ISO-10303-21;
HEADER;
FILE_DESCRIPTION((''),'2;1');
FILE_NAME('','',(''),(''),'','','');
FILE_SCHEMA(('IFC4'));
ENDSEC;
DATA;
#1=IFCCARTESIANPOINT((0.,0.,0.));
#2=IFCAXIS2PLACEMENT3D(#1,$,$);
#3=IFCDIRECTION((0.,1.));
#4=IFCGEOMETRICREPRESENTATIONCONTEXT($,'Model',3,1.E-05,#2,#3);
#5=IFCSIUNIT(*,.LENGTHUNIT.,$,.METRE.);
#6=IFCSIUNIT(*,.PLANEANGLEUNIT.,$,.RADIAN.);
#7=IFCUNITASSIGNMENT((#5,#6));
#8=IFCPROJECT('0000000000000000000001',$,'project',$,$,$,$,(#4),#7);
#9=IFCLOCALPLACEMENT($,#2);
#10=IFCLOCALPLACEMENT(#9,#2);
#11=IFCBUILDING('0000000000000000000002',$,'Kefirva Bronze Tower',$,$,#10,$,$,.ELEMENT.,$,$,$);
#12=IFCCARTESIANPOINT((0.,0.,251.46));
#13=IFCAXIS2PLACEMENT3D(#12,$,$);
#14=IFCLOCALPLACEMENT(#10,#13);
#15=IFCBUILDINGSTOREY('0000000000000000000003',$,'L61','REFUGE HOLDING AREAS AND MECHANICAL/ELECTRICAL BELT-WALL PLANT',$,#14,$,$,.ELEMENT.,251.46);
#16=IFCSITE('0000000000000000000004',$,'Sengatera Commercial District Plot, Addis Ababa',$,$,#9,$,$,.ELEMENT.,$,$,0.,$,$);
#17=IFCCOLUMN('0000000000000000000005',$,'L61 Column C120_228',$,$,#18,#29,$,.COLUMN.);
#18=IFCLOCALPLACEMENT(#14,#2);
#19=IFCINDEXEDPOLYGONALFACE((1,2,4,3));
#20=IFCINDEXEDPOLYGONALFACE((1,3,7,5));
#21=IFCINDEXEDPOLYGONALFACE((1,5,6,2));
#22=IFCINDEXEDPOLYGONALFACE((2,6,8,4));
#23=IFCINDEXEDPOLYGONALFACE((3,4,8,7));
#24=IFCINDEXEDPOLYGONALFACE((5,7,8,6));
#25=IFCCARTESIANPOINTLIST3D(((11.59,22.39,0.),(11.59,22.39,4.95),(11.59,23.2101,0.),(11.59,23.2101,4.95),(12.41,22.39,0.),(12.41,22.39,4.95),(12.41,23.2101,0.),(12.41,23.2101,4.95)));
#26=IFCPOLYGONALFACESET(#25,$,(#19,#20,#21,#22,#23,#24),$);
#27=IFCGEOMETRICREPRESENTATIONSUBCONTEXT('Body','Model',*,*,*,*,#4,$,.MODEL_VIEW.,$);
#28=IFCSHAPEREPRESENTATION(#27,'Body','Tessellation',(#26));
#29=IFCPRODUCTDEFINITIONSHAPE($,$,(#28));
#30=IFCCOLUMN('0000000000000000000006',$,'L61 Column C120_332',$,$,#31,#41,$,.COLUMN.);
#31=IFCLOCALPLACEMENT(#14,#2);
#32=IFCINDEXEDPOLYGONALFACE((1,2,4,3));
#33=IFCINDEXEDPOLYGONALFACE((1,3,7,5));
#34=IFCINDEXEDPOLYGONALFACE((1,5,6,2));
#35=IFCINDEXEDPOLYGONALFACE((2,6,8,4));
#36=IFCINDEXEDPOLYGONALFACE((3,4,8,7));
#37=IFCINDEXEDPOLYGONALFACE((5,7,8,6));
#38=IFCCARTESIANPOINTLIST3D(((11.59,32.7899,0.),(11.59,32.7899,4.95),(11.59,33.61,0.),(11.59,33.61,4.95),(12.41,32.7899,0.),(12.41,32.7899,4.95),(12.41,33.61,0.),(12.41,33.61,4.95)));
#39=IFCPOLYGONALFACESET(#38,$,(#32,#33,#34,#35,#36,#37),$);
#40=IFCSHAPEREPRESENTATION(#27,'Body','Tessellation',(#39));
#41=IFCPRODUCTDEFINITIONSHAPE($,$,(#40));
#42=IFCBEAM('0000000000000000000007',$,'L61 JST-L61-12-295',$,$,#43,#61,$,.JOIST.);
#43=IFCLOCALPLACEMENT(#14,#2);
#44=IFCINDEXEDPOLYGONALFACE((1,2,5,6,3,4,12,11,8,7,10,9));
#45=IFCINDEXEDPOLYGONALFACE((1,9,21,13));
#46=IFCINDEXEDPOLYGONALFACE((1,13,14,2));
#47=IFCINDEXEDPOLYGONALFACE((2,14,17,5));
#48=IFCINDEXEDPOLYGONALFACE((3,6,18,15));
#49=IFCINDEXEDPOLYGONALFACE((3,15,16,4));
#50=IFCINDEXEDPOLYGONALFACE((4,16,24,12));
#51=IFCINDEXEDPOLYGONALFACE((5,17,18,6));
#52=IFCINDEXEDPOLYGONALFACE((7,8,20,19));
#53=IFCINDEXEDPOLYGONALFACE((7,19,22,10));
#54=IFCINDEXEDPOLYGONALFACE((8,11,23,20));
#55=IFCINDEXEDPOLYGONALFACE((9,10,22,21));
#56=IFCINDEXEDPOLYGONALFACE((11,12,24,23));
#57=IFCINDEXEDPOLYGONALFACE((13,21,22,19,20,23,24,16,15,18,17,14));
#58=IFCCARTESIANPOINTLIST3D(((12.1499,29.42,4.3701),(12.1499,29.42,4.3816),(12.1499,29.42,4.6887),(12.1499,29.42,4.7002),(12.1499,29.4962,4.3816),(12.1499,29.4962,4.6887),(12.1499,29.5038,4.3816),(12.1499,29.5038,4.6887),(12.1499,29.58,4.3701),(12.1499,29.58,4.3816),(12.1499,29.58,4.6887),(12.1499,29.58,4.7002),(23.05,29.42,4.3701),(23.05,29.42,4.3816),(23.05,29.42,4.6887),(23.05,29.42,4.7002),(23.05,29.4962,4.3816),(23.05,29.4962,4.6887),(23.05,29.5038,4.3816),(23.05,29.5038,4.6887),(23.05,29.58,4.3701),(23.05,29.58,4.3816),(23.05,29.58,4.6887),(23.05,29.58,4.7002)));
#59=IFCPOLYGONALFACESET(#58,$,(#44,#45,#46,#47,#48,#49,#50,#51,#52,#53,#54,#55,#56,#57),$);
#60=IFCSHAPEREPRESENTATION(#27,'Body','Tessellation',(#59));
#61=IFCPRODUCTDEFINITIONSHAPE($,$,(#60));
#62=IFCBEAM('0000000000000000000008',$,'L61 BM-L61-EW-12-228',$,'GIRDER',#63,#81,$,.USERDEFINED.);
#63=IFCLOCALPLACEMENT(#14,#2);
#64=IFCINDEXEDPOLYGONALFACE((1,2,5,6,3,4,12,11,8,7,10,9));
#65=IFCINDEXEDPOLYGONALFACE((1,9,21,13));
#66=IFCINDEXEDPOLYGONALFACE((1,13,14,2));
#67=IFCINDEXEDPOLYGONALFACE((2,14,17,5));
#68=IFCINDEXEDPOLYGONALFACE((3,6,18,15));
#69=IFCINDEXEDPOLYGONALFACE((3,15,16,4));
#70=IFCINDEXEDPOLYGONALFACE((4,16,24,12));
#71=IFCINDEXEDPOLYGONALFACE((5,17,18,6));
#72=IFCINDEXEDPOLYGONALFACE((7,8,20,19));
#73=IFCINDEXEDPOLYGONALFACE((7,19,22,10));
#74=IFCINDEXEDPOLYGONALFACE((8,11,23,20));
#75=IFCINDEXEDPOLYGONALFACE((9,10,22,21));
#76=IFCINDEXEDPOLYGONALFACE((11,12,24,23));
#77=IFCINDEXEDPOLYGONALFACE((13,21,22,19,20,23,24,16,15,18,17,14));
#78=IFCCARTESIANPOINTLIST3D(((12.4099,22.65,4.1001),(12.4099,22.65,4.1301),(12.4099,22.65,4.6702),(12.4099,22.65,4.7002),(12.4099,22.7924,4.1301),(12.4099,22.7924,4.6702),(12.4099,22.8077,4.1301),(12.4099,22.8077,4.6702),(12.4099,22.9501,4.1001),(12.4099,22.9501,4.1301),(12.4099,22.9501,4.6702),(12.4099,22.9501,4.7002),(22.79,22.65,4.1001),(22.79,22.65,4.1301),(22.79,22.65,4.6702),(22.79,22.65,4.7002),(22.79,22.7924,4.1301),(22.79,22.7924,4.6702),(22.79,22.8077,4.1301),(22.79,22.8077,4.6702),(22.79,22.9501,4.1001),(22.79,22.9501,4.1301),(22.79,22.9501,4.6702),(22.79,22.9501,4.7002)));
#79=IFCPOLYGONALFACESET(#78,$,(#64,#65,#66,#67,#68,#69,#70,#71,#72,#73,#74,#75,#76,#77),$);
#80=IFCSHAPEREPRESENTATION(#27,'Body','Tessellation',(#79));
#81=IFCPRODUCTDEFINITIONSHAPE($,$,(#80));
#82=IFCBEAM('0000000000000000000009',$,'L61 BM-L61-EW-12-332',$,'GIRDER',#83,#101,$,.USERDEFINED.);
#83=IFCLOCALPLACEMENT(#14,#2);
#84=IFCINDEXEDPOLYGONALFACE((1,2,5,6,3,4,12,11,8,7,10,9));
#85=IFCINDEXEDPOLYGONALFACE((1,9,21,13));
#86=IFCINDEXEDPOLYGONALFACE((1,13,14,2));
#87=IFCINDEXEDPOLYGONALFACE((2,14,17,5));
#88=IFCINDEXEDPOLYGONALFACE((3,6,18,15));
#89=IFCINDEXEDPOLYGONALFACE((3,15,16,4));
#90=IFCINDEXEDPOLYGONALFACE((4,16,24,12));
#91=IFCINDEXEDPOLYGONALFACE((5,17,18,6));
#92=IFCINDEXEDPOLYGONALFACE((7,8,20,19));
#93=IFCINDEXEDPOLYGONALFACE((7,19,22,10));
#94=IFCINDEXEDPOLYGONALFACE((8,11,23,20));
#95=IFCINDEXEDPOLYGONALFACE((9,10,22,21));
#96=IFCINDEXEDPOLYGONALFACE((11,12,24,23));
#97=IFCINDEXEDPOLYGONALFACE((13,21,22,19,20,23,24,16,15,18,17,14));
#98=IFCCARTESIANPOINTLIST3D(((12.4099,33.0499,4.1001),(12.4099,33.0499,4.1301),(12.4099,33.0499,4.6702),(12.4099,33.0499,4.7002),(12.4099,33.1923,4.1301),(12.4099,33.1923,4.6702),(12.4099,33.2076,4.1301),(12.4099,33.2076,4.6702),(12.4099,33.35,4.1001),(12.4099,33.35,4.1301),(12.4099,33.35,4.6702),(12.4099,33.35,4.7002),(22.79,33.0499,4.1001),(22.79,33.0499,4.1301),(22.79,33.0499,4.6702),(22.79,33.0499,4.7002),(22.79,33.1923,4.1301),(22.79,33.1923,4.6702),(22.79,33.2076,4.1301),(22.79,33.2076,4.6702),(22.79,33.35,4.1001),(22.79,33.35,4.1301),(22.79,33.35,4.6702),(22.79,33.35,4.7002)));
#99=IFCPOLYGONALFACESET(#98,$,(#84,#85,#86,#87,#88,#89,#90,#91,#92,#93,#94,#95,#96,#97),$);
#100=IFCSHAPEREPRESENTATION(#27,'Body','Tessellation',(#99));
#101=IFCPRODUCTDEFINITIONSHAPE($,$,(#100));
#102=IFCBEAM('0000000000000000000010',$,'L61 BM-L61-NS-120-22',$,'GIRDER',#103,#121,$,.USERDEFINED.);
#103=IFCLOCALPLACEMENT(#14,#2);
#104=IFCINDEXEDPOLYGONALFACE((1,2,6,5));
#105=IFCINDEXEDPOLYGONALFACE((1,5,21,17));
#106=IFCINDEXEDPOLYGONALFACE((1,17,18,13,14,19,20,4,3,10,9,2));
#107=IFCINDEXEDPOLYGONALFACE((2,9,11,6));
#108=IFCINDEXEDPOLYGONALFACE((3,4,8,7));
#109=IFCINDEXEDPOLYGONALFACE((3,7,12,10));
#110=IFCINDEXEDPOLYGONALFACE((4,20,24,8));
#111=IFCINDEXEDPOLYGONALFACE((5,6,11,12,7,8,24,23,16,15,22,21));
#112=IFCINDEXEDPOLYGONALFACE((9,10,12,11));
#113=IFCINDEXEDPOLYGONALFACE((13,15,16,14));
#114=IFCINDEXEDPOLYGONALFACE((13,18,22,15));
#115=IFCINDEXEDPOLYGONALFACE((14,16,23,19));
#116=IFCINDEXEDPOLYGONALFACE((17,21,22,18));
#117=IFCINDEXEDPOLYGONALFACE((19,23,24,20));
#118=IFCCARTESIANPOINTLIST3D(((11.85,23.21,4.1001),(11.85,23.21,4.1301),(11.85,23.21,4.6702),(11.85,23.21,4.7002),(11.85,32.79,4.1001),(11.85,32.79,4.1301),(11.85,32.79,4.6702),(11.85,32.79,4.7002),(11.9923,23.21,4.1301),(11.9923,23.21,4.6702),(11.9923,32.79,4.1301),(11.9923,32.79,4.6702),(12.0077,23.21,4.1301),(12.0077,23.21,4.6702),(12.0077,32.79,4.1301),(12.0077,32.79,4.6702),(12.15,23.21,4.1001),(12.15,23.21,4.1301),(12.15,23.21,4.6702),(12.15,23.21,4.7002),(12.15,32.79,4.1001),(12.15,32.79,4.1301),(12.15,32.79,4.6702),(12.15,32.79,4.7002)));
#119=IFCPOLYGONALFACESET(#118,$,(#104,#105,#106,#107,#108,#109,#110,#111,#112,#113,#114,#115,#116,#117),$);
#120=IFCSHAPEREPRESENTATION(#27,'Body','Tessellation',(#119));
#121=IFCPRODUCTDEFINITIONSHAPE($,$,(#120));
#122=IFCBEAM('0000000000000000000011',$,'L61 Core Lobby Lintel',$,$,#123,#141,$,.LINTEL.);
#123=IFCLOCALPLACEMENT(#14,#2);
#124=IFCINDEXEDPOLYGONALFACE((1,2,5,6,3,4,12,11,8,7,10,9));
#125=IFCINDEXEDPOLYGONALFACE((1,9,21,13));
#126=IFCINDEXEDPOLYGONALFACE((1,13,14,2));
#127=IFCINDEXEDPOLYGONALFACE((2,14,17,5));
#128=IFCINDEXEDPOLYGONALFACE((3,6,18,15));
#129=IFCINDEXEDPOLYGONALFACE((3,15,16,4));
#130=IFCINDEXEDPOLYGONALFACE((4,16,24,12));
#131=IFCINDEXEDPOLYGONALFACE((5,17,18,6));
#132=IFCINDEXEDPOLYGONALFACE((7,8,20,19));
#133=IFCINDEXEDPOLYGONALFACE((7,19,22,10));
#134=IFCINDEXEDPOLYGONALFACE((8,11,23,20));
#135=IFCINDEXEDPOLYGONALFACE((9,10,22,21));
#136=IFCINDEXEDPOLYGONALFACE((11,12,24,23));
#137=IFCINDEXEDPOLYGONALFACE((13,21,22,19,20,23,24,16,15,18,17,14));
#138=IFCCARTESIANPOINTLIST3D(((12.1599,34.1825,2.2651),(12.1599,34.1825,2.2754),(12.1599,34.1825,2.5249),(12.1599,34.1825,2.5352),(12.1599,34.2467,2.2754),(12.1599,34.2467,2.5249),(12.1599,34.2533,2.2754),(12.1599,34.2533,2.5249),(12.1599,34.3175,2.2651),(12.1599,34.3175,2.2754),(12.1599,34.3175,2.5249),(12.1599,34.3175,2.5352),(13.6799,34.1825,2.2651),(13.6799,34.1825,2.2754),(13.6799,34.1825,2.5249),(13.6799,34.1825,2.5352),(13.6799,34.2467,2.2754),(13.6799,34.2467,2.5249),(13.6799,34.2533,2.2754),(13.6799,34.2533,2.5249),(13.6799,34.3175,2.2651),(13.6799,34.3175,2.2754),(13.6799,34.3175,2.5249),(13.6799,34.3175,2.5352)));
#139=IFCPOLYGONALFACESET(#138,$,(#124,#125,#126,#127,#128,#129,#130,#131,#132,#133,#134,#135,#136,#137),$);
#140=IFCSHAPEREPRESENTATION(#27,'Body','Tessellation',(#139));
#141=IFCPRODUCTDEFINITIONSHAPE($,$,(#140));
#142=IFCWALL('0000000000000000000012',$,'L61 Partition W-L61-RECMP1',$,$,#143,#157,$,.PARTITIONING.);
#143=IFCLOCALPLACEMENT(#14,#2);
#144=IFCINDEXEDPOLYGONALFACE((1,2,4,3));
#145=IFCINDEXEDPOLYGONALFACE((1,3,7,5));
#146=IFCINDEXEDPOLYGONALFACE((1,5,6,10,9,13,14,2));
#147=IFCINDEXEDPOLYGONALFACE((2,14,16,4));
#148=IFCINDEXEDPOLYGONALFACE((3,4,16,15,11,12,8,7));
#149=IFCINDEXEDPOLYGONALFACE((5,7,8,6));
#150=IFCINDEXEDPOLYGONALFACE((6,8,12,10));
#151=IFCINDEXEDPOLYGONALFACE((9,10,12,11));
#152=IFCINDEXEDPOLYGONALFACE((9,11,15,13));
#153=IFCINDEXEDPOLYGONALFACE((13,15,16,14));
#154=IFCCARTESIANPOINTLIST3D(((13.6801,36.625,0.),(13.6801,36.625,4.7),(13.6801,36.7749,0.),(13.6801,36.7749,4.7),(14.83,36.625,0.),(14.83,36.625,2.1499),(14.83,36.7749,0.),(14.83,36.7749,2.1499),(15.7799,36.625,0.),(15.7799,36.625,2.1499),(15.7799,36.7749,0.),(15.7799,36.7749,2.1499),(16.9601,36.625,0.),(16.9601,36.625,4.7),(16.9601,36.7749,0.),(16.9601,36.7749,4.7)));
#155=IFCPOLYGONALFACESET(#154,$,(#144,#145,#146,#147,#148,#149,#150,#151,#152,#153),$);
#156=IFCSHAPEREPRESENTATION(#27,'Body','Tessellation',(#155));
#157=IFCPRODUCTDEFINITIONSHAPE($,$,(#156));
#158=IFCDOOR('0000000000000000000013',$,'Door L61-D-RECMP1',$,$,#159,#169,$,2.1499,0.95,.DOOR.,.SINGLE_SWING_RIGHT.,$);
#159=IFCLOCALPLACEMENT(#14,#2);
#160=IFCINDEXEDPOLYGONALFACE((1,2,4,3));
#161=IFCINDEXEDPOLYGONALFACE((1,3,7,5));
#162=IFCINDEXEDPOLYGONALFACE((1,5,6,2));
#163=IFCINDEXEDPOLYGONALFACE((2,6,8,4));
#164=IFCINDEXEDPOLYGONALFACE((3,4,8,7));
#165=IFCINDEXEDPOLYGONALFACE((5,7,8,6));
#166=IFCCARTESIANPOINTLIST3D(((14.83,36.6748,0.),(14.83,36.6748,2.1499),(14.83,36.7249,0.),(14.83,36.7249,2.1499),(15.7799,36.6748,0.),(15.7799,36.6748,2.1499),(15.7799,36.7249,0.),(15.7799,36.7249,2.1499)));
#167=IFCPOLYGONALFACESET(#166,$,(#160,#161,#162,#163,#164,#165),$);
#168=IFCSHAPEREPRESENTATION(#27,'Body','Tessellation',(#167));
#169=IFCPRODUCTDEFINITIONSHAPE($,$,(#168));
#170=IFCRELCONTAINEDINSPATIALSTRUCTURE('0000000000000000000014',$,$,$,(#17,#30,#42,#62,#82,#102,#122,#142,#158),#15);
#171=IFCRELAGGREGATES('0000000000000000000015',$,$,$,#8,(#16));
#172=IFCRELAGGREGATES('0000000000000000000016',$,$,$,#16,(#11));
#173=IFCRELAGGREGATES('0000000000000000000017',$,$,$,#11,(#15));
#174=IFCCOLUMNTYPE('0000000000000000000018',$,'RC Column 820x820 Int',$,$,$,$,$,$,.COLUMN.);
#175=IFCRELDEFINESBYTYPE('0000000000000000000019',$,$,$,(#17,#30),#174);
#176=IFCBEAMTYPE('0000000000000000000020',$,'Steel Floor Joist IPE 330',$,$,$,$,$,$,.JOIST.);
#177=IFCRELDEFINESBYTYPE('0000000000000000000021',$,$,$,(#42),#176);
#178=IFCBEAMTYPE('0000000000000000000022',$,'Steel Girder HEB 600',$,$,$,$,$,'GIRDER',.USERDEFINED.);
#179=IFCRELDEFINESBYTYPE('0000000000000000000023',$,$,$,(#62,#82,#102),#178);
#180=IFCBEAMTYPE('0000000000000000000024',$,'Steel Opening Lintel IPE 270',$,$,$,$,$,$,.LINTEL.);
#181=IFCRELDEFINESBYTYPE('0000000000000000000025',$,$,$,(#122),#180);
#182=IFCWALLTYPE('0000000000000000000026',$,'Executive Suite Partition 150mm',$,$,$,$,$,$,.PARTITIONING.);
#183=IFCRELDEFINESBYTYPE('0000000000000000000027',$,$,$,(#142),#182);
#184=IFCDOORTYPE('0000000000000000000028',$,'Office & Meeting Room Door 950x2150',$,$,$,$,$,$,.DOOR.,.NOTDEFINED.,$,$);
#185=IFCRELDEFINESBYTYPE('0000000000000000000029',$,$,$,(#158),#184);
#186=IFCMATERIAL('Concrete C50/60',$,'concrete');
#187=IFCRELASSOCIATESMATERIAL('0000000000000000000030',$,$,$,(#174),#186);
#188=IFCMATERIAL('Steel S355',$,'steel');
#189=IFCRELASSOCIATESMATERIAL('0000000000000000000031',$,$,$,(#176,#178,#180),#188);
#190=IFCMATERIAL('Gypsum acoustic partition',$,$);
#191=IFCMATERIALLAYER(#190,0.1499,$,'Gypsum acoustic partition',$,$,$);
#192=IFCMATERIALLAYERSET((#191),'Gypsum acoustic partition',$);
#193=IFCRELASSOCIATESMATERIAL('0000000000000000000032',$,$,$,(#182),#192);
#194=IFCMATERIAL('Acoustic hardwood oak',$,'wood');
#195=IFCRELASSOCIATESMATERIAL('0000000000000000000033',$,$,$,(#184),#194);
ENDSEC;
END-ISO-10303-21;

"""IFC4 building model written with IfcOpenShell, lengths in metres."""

from ifc_helpers import new_model, si_unit, direction, frame, frame_2d, origin, origin_2d, place, context, subcontext, project, spatial, rectangle, i_section, extrude, material, layer, layer_set, material_profile, profile_set, type_object, element, fill, save


model = new_model("IFC4")

# Units and contexts
model_context = context("Model", 3, precision=1e-05, world=origin(), true_north=direction((0.0, 1.0)))
body_context = subcontext(model_context, "Body", "Model", "MODEL_VIEW")
ifc_project = project(units=[si_unit("LENGTHUNIT", "METRE"), si_unit("PLANEANGLEUNIT", "RADIAN")], contexts=[model_context])

# Site, building, storey
site_placement = place(None, origin())
site = spatial("IfcSite", under=ifc_project, at=site_placement, Name="Sengatera Commercial District Plot, Addis Ababa", CompositionType="ELEMENT", RefElevation=0.0)
building_placement = place(site_placement, origin())
building = spatial("IfcBuilding", under=site, at=building_placement, Name="Kefirva Bronze Tower", CompositionType="ELEMENT")
storey_placement = place(building_placement, frame((0.0, 0.0, 251.46)))
storey = spatial("IfcBuildingStorey", under=building, at=storey_placement, Name="L61", Description="REFUGE HOLDING AREAS AND MECHANICAL/ELECTRICAL BELT-WALL PLANT", CompositionType="ELEMENT", Elevation=251.46)

# Columns
ifc_material_1 = material(Name="Concrete C50/60", Category="concrete")
ifc_material_profile_1 = material_profile(ifc_material_1, rectangle(XDim=0.8201, YDim=0.8201, at=origin_2d()), Name="RC 820x820")
ifc_profile_set_1 = profile_set([ifc_material_profile_1], Name="Concrete C50/60")
column_type = type_object("IfcColumnType", Name="RC Column 820x820 Int", PredefinedType="COLUMN", material=ifc_profile_set_1)
for number, where, z_axis, x_axis, name in (
    (1, (12.0, 22.8, 0.0), (0.0, 0.0, 1.0), (1.0, 0.0, 0.0), "L61 Column C120_228"),
    (2, (12.0, 33.2, 0.0), (0.0, 0.0, 1.0), (1.0, 0.0, 0.0), "L61 Column C120_332"),
):
    element("IfcColumn", number, at=place(storey_placement, frame(where, z_axis=z_axis, x_axis=x_axis)), inside=storey, type_object=column_type, Name=name, PredefinedType="COLUMN", context=body_context, shape_type="SweptSolid", body=[
        extrude(rectangle(XDim=0.8201, YDim=0.8201, at=origin_2d()), origin(), (0.0, 0.0, 1.0), 4.95),
    ])

# Beams
ifc_material_2 = material(Name="Steel S355", Category="steel")
ifc_material_profile_2 = material_profile(ifc_material_2, i_section(OverallWidth=0.1599, OverallDepth=0.3301, WebThickness=0.0076, FlangeThickness=0.0115, at=origin_2d()), Name="IPE 330")
ifc_profile_set_2 = profile_set([ifc_material_profile_2], Name="Steel S355")
beam_type_1 = type_object("IfcBeamType", Name="Steel Floor Joist IPE 330", PredefinedType="JOIST", material=ifc_profile_set_2)
beam_1_placement = place(storey_placement, frame((12.1499, 29.5, 4.5352), z_axis=(1.0, 0.0, 0.0), x_axis=(0.0, 1.0, 0.0)))
element("IfcBeam", 3, at=beam_1_placement, inside=storey, type_object=beam_type_1, Name="L61 JST-L61-12-295", PredefinedType="JOIST", context=body_context, shape_type="SweptSolid", body=[
    extrude(i_section(OverallWidth=0.1599, OverallDepth=0.3301, WebThickness=0.0076, FlangeThickness=0.0115, at=origin_2d()), origin(), (0.0, 0.0, 1.0), 10.9001),
])
ifc_material_profile_3 = material_profile(ifc_material_2, i_section(OverallWidth=0.3, OverallDepth=0.6001, WebThickness=0.0154, FlangeThickness=0.03, at=origin_2d()), Name="HEB 600")
ifc_profile_set_3 = profile_set([ifc_material_profile_3], Name="Steel S355")
beam_type_2 = type_object("IfcBeamType", Name="Steel Girder HEB 600", ElementType="GIRDER", PredefinedType="USERDEFINED", material=ifc_profile_set_3)
for number, where, z_axis, x_axis, name in (
    (4, (12.4099, 22.8, 4.4001), (1.0, 0.0, 0.0), (0.0, 1.0, 0.0), "L61 BM-L61-EW-12-228"),
    (5, (12.4099, 33.2, 4.4001), (1.0, 0.0, 0.0), (0.0, 1.0, 0.0), "L61 BM-L61-EW-12-332"),
):
    element("IfcBeam", number, at=place(storey_placement, frame(where, z_axis=z_axis, x_axis=x_axis)), inside=storey, type_object=beam_type_2, Name=name, ObjectType="GIRDER", PredefinedType="USERDEFINED", context=body_context, shape_type="SweptSolid", body=[
        extrude(i_section(OverallWidth=0.3, OverallDepth=0.6001, WebThickness=0.0154, FlangeThickness=0.03, at=origin_2d()), origin(), (0.0, 0.0, 1.0), 10.3801),
    ])
beam_2_placement = place(storey_placement, frame((12.0, 23.21, 4.4001), z_axis=(0.0, 1.0, 0.0), x_axis=(-1.0, 0.0, 0.0)))
element("IfcBeam", 6, at=beam_2_placement, inside=storey, type_object=beam_type_2, Name="L61 BM-L61-NS-120-22", ObjectType="GIRDER", PredefinedType="USERDEFINED", context=body_context, shape_type="SweptSolid", body=[
    extrude(i_section(OverallWidth=0.3, OverallDepth=0.6001, WebThickness=0.0154, FlangeThickness=0.03, at=origin_2d()), origin(), (0.0, 0.0, 1.0), 9.5801),
])
ifc_material_profile_4 = material_profile(ifc_material_2, i_section(OverallWidth=0.135, OverallDepth=0.27, WebThickness=0.0066, FlangeThickness=0.0103, at=origin_2d()), Name="IPE 270")
ifc_profile_set_4 = profile_set([ifc_material_profile_4], Name="Steel S355")
beam_type_3 = type_object("IfcBeamType", Name="Steel Opening Lintel IPE 270", PredefinedType="LINTEL", material=ifc_profile_set_4)
beam_3_placement = place(storey_placement, frame((12.1599, 34.25, 2.4001), z_axis=(1.0, 0.0, 0.0), x_axis=(0.0, 1.0, 0.0)))
element("IfcBeam", 7, at=beam_3_placement, inside=storey, type_object=beam_type_3, Name="L61 Core Lobby Lintel", PredefinedType="LINTEL", context=body_context, shape_type="SweptSolid", body=[
    extrude(i_section(OverallWidth=0.135, OverallDepth=0.27, WebThickness=0.0066, FlangeThickness=0.0103, at=origin_2d()), origin(), (0.0, 0.0, 1.0), 1.52),
])

# Wall, opening, door
ifc_material_3 = material(Name="Gypsum acoustic partition")
ifc_layer_1 = layer(ifc_material_3, 0.1499, Name="Gypsum acoustic partition")
ifc_layer_set_1 = layer_set([ifc_layer_1], Name="Gypsum acoustic partition")
wall_type_1 = type_object("IfcWallType", Name="Executive Suite Partition 150mm", PredefinedType="PARTITIONING", material=ifc_layer_set_1)
wall_1_placement = place(storey_placement, frame((13.6799, 36.7, 0.0), z_axis=(0.0, 0.0, 1.0), x_axis=(1.0, 0.0, 0.0)))
wall_1 = element("IfcWall", 8, at=wall_1_placement, inside=storey, type_object=wall_type_1, Name="L61 Partition W-L61-RECMP1", PredefinedType="PARTITIONING", context=body_context, shape_type="SweptSolid", body=[
    extrude(rectangle(XDim=3.28, YDim=0.1499, at=frame_2d((1.6401, 0.0))), origin(), (0.0, 0.0, 1.0), 4.7),
])
opening_1_placement = place(wall_1_placement, frame((1.1499, 0.0, 0.0)))
opening_1 = element("IfcOpeningElement", 9, at=opening_1_placement, cuts=wall_1, PredefinedType="OPENING", context=body_context, shape_type="SweptSolid", body=[
    extrude(rectangle(XDim=0.95, YDim=2.1499, at=frame_2d((0.4751, 1.075))), frame((0.0, 0.085, 0.0), z_axis=(0.0, -1.0, 0.0), x_axis=(1.0, 0.0, 0.0)), (0.0, 0.0, 1.0), 0.1699),
])
ifc_material_4 = material(Name="Acoustic hardwood oak", Category="wood")
door_type_1 = type_object("IfcDoorType", Name="Office & Meeting Room Door 950x2150", OperationType="NOTDEFINED", PredefinedType="DOOR", material=ifc_material_4)
door_1_placement = place(opening_1_placement, origin())
door_1 = element("IfcDoor", 10, at=door_1_placement, inside=storey, type_object=door_type_1, Name="Door L61-D-RECMP1", OperationType="SINGLE_SWING_RIGHT", OverallHeight=2.1499, OverallWidth=0.95, PredefinedType="DOOR", context=body_context, shape_type="SweptSolid", body=[
    extrude(rectangle(XDim=0.95, YDim=2.1499, at=frame_2d((0.4751, 1.075))), frame((0.0, 0.0249, 0.0), z_axis=(0.0, -1.0, 0.0), x_axis=(1.0, 0.0, 0.0)), (0.0, 0.0, 1.0), 0.05),
])
fill(opening_1, door_1)

save(model, "model.ifc")
